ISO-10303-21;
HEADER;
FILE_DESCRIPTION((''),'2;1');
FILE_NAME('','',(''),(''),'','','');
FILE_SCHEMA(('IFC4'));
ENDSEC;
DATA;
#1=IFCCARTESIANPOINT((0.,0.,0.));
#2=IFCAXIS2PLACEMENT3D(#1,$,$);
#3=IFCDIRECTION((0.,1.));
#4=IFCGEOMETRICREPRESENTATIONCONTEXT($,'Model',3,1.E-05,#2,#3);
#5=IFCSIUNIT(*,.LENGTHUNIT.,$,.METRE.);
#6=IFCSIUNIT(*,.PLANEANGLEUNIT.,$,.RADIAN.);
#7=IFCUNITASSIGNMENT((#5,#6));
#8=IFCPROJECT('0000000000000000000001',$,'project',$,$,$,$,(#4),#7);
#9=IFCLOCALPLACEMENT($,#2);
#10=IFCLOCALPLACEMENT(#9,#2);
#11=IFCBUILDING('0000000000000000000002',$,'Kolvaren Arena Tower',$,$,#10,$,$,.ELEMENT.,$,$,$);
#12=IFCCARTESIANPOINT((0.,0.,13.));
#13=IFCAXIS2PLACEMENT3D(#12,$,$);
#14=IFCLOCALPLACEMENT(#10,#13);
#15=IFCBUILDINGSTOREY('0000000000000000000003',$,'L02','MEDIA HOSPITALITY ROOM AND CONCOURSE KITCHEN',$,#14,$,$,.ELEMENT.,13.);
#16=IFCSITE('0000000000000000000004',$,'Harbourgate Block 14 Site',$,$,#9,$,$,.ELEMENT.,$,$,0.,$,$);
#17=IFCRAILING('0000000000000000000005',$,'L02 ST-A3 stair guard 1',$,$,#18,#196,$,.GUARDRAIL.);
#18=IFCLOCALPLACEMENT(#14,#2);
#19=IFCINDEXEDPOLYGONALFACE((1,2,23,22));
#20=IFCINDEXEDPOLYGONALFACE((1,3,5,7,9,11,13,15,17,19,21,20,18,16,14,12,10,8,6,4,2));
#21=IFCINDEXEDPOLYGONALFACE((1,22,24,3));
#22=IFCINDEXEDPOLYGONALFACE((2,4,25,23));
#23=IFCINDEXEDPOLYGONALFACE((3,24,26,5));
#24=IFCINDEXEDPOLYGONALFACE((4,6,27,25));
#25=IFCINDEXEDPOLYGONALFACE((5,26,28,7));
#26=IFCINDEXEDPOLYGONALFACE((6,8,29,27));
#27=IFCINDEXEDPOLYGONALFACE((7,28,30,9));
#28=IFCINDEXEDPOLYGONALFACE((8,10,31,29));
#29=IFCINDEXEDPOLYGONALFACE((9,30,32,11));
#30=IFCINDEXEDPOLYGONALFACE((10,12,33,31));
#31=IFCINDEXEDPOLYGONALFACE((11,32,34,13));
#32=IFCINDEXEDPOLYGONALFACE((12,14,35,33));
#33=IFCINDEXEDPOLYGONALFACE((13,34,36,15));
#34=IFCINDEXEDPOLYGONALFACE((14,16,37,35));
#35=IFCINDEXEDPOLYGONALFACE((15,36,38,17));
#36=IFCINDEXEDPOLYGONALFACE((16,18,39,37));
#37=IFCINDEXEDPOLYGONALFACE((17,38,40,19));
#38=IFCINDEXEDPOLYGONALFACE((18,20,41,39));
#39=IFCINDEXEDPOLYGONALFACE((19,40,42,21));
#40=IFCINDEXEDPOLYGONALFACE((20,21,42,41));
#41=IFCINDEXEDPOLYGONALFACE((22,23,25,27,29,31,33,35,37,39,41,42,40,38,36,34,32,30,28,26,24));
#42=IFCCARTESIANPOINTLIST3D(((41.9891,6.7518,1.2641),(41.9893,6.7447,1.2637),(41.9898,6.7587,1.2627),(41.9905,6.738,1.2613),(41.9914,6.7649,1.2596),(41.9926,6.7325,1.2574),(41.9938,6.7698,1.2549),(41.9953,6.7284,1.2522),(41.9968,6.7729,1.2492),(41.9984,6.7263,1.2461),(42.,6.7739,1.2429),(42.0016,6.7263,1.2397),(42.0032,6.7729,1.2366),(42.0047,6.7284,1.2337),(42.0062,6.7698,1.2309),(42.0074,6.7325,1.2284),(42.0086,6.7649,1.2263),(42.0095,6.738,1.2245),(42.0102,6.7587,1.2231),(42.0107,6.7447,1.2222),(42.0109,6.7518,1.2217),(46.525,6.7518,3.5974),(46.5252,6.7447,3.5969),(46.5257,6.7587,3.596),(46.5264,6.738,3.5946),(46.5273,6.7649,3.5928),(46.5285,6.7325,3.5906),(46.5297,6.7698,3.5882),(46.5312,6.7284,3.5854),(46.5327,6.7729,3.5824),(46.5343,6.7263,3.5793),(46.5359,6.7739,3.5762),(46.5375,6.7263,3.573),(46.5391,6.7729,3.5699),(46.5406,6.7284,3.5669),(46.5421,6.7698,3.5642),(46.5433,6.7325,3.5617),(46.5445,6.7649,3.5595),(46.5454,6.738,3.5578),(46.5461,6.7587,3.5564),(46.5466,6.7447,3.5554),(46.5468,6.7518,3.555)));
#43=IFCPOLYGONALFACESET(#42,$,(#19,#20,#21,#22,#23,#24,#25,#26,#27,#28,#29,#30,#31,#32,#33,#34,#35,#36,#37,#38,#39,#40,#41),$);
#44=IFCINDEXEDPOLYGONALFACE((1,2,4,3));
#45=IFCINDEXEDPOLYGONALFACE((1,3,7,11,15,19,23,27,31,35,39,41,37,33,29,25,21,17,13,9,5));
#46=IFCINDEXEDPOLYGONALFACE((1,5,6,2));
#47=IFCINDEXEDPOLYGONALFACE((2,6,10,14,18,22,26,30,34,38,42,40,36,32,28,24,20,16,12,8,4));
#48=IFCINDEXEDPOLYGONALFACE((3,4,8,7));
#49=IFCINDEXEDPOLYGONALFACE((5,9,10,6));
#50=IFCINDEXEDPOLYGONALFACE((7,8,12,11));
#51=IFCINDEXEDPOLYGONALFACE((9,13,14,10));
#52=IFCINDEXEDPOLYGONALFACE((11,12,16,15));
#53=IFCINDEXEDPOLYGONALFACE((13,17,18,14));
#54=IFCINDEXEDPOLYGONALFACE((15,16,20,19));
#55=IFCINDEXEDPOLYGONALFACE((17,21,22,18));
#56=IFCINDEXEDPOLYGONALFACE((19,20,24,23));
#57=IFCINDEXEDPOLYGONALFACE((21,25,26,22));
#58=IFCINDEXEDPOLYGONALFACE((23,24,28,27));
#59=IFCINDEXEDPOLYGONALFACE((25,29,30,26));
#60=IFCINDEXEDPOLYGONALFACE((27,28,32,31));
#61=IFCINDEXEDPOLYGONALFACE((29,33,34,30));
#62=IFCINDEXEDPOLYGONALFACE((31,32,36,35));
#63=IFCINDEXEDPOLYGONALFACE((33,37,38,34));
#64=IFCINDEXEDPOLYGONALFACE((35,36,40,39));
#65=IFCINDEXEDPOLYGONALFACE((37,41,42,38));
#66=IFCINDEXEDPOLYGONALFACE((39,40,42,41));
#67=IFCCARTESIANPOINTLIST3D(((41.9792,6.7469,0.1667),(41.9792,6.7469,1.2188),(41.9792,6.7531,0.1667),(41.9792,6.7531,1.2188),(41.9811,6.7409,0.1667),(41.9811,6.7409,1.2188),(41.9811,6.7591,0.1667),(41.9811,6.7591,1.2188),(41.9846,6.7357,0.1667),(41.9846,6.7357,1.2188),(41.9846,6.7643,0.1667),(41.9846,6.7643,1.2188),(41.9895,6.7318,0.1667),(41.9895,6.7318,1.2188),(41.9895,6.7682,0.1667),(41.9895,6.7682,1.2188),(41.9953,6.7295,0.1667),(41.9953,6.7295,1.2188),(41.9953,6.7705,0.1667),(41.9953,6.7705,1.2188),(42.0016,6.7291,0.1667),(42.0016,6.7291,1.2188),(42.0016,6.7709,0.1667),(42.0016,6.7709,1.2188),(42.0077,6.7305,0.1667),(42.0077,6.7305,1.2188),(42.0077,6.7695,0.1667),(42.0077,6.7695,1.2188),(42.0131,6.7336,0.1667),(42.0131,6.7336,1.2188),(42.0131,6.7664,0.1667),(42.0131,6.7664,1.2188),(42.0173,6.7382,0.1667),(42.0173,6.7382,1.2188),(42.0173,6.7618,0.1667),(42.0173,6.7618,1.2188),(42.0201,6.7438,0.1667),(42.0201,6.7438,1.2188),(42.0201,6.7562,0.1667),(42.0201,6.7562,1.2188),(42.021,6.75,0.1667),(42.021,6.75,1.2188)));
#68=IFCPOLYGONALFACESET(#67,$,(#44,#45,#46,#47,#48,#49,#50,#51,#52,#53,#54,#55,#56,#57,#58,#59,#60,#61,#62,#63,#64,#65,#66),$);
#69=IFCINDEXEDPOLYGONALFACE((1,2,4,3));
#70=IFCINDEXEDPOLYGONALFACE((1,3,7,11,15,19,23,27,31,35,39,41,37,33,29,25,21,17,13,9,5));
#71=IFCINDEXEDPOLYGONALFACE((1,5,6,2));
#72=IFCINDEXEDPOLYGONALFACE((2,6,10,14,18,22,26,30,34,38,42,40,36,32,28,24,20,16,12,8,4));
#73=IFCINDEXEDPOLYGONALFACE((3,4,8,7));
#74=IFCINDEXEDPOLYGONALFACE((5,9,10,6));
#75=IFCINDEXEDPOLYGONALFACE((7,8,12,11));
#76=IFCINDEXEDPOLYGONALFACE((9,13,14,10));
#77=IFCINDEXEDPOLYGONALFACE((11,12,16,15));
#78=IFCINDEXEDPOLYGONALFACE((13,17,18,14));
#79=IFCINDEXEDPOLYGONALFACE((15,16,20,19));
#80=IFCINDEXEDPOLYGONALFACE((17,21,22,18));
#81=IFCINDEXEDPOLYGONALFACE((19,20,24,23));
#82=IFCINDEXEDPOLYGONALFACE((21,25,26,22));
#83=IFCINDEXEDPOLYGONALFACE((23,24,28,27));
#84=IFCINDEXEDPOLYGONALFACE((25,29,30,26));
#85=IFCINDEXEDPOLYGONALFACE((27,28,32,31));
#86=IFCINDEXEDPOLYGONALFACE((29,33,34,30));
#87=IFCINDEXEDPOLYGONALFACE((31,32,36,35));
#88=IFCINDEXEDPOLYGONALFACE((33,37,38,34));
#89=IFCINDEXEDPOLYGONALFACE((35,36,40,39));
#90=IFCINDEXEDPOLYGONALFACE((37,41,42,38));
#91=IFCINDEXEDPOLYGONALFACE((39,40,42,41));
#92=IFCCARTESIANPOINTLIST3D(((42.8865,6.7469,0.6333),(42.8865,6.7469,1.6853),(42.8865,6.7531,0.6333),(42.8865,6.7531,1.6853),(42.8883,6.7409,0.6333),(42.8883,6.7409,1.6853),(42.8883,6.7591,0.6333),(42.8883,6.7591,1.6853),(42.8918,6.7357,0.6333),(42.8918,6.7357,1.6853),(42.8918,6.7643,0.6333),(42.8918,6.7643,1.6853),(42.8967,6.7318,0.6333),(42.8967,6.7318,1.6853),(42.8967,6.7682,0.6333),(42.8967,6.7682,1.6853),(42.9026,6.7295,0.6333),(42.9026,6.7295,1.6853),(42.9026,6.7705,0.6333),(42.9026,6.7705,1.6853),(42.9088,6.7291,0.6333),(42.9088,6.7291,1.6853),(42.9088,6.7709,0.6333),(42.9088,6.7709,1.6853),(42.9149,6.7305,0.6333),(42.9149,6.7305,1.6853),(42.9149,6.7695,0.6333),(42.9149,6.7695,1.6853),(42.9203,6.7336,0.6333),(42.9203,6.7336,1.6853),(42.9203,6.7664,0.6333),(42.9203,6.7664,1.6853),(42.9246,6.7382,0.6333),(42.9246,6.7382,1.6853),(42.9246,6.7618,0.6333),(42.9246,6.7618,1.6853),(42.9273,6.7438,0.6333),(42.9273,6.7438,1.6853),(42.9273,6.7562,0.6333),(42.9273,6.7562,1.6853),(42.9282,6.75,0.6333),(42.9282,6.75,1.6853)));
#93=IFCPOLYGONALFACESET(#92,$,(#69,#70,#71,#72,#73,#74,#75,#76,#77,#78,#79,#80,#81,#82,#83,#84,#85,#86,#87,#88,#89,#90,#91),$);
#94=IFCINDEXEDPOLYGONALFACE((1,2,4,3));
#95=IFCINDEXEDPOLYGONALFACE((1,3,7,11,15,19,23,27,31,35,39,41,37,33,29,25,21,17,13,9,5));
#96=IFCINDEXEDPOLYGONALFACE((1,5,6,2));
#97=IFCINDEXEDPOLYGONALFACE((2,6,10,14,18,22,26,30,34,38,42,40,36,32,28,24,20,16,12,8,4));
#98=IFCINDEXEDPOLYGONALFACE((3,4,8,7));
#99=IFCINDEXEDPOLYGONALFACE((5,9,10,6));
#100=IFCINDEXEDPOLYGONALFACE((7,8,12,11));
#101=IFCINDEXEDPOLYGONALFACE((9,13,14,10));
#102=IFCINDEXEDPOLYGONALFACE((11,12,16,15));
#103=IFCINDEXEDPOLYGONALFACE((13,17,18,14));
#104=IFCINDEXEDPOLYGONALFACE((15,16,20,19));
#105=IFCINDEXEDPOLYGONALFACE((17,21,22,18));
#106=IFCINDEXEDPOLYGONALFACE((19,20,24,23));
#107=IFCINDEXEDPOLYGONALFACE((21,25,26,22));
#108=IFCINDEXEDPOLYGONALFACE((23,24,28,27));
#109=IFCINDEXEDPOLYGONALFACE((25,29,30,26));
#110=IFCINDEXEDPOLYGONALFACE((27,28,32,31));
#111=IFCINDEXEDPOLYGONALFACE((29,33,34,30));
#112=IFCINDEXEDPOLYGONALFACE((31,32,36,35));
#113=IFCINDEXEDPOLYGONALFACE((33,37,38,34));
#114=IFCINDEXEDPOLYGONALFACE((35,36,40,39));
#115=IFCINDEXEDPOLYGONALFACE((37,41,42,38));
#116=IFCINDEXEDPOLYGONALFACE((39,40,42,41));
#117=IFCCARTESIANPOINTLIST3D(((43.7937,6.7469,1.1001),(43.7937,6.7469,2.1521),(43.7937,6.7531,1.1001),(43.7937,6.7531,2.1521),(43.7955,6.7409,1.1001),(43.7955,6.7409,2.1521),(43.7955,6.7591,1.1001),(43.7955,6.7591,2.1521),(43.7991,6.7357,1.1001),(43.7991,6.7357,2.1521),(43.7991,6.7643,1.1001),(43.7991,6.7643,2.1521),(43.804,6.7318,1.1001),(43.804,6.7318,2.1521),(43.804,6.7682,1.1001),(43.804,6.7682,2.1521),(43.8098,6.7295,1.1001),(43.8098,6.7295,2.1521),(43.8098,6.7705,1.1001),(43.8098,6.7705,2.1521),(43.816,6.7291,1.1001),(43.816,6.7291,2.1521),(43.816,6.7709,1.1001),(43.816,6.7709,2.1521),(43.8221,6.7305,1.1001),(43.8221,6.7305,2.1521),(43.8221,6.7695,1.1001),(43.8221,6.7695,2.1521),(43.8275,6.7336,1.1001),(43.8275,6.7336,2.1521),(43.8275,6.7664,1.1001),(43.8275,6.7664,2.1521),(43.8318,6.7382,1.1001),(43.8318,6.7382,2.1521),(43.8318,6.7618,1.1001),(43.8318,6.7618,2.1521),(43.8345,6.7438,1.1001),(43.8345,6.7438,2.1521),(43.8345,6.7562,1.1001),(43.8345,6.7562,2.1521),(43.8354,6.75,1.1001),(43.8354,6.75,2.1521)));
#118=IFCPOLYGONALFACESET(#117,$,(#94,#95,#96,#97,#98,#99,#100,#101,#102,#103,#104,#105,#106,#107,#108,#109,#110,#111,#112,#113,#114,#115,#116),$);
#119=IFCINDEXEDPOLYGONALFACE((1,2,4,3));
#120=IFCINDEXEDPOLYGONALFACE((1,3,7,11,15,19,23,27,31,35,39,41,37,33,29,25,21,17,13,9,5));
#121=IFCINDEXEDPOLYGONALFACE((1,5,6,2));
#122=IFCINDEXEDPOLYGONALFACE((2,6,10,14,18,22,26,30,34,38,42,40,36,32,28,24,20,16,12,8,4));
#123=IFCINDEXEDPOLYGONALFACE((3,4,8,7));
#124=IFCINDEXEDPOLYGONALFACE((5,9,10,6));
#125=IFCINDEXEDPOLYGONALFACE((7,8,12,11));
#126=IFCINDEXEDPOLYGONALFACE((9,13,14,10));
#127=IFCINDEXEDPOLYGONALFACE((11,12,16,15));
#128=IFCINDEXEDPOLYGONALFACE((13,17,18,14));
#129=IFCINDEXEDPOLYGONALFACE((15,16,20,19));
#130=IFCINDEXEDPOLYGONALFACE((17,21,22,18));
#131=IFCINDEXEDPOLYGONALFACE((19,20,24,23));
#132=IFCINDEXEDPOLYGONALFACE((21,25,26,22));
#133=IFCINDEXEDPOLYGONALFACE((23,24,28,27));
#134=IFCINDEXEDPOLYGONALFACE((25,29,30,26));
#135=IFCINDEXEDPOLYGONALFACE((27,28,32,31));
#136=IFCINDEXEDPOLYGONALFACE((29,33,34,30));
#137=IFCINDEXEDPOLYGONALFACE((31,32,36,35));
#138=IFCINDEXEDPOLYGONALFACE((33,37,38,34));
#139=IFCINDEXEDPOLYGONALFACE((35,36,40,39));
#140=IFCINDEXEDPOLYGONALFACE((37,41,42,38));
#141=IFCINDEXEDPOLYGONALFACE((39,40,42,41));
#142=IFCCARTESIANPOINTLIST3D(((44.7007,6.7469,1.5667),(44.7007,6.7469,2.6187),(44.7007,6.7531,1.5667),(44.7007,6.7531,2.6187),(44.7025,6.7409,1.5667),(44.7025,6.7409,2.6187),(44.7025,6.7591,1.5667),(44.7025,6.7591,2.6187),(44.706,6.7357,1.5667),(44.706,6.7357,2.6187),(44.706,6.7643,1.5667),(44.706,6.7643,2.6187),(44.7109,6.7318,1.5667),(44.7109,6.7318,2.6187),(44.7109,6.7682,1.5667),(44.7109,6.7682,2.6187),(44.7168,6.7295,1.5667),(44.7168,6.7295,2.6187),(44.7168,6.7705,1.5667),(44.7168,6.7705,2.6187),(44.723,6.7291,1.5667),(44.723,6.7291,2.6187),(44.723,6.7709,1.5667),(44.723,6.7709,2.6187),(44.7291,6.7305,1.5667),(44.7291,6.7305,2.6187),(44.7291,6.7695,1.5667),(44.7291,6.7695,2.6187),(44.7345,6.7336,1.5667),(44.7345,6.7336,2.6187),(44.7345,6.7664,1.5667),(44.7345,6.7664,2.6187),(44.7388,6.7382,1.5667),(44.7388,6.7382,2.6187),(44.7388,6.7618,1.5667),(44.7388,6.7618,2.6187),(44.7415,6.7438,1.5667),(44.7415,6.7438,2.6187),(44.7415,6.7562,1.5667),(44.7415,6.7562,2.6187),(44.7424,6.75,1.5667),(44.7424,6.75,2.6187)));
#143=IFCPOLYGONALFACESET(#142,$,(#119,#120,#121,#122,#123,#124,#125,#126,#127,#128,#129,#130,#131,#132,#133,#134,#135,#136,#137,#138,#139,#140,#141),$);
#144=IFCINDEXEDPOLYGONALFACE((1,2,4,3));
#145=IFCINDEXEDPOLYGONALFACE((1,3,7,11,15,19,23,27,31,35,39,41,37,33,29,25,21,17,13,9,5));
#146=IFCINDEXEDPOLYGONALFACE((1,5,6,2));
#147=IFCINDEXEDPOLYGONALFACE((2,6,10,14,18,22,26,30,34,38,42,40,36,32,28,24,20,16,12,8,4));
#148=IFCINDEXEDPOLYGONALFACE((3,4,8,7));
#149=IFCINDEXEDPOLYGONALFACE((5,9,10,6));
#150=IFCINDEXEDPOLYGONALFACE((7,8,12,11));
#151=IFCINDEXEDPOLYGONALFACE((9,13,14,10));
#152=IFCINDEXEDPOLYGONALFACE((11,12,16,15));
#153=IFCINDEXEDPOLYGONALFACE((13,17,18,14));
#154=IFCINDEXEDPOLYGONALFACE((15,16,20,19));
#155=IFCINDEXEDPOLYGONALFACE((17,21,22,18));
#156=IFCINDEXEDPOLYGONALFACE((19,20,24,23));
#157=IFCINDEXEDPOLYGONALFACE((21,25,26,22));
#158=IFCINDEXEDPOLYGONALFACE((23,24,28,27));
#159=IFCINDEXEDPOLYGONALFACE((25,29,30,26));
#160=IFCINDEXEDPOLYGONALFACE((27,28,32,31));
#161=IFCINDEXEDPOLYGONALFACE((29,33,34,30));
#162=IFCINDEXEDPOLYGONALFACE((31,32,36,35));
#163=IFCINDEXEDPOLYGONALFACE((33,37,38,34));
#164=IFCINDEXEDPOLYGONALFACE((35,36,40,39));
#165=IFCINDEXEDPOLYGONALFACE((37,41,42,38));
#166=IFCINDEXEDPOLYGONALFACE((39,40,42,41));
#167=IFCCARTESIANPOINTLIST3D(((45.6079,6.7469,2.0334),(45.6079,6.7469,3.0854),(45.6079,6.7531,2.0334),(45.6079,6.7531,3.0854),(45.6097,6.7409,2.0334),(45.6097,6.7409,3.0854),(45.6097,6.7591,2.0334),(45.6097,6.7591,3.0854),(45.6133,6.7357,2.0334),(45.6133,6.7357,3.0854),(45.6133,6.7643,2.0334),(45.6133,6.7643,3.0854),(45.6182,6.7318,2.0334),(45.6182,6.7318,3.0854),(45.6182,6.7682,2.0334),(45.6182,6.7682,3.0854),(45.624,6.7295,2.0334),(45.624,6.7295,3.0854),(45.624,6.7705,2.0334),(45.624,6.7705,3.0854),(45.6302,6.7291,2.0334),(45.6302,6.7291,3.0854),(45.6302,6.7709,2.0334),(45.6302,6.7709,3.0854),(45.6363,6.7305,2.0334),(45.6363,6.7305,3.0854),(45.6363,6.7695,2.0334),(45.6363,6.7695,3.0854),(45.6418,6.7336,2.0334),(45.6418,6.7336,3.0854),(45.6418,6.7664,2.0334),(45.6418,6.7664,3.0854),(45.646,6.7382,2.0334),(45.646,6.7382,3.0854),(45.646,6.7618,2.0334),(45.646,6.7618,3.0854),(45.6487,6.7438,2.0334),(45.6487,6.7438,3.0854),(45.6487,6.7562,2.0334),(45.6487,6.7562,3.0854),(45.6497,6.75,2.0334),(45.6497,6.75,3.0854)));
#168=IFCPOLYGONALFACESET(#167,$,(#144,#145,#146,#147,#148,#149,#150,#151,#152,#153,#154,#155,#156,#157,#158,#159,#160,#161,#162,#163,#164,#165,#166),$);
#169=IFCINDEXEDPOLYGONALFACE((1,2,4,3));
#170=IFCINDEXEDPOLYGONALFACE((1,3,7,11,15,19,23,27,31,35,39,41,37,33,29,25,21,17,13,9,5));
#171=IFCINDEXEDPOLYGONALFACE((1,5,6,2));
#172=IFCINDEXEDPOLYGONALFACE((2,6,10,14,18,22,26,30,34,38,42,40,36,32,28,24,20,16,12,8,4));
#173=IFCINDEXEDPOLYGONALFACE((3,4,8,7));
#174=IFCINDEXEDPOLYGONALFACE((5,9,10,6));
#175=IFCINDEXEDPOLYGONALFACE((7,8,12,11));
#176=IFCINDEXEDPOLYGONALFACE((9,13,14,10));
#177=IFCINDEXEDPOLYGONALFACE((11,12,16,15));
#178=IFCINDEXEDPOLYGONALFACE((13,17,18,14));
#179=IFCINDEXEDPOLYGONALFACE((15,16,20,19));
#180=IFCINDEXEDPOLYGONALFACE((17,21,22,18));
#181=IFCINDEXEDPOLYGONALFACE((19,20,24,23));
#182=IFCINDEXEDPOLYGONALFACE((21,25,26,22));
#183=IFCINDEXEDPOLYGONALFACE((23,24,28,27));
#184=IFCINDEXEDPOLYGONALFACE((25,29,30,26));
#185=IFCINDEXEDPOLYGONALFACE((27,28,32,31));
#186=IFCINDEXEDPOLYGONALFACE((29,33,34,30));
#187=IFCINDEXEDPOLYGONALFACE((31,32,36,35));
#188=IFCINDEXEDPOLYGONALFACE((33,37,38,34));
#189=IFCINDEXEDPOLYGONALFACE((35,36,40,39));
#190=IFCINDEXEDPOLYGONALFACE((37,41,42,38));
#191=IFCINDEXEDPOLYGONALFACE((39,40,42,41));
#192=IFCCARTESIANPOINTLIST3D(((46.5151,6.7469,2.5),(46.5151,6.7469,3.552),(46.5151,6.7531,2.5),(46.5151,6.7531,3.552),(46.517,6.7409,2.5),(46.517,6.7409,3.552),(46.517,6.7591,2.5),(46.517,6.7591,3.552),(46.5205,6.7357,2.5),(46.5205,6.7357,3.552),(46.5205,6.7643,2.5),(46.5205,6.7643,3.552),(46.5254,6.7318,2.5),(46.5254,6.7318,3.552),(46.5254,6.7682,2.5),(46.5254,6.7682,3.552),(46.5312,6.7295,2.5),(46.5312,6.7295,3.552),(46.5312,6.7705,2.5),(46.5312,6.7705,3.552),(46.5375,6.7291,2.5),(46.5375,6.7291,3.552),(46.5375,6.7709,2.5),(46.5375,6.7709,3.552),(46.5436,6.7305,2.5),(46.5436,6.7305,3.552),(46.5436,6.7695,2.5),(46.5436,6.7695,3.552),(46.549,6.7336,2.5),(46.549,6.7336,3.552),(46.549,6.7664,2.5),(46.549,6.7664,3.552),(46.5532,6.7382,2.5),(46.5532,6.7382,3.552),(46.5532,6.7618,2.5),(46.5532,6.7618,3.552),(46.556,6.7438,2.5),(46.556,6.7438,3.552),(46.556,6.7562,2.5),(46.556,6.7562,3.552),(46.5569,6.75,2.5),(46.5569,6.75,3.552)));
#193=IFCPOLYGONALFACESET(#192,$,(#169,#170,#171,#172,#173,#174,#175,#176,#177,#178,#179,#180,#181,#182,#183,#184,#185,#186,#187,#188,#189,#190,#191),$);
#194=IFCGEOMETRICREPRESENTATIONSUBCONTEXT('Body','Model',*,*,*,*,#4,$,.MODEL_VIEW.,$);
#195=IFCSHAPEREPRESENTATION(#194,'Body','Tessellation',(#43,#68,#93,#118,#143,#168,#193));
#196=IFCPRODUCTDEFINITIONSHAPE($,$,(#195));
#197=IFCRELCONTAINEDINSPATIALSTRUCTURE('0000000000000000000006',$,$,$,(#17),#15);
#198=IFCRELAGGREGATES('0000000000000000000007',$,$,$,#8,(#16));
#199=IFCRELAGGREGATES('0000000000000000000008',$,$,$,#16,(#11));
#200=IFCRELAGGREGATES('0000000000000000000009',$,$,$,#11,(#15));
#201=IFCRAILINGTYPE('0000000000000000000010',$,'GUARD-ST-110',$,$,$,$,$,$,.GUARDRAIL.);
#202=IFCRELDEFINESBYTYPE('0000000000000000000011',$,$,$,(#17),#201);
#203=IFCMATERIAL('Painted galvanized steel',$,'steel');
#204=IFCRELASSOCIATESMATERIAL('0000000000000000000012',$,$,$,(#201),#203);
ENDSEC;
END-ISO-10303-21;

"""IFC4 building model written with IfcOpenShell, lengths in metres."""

from ifc_helpers import new_model, si_unit, direction, frame, origin, origin_2d, place, context, subcontext, project, spatial, circle, extrude, material, type_object, element, save


model = new_model("IFC4")

# Units and contexts
model_context = context("Model", 3, precision=1e-05, world=origin(), true_north=direction((0.0, 1.0)))
body_context = subcontext(model_context, "Body", "Model", "MODEL_VIEW")
ifc_project = project(units=[si_unit("LENGTHUNIT", "METRE"), si_unit("PLANEANGLEUNIT", "RADIAN")], contexts=[model_context])

# Site, building, storey
site_placement = place(None, origin())
site = spatial("IfcSite", under=ifc_project, at=site_placement, Name="Harbourgate Block 14 Site", CompositionType="ELEMENT", RefElevation=0.0)
building_placement = place(site_placement, origin())
building = spatial("IfcBuilding", under=site, at=building_placement, Name="Kolvaren Arena Tower", CompositionType="ELEMENT")
storey_placement = place(building_placement, frame((0.0, 0.0, 13.0)))
storey = spatial("IfcBuildingStorey", under=building, at=storey_placement, Name="L02", Description="MEDIA HOSPITALITY ROOM AND CONCOURSE KITCHEN", CompositionType="ELEMENT", Elevation=13.0)

# Railing
ifc_material_1 = material(Name="Painted galvanized steel", Category="steel")
railing_type_1 = type_object("IfcRailingType", Name="GUARD-ST-110", PredefinedType="GUARDRAIL", material=ifc_material_1)
railing_1_placement = place(storey_placement, frame((42.0, 6.75, 0.1667)))
element("IfcRailing", 1, at=railing_1_placement, inside=storey, type_object=railing_type_1, Name="L02 ST-A3 stair guard 1", PredefinedType="GUARDRAIL", context=body_context, shape_type="SweptSolid", body=[
    extrude(circle(Radius=0.0239, at=origin_2d()), frame((0.0, 0.0, 1.0762), z_axis=(0.889247, 0.0, 0.457427), x_axis=(0.0, 1.0, 0.0)), (0.0, 0.0, 1.0), 5.1008),
    extrude(circle(Radius=0.021, at=origin_2d()), origin(), (0.0, 0.0, 1.0), 1.052),
    extrude(circle(Radius=0.021, at=origin_2d()), frame((0.9072, 0.0, 0.4666)), (0.0, 0.0, 1.0), 1.052),
    extrude(circle(Radius=0.021, at=origin_2d()), frame((1.8145, 0.0, 0.9333)), (0.0, 0.0, 1.0), 1.052),
    extrude(circle(Radius=0.021, at=origin_2d()), frame((2.7214, 0.0, 1.3999)), (0.0, 0.0, 1.0), 1.052),
    extrude(circle(Radius=0.021, at=origin_2d()), frame((3.6287, 0.0, 1.8667)), (0.0, 0.0, 1.0), 1.052),
    extrude(circle(Radius=0.021, at=origin_2d()), frame((4.5359, 0.0, 2.3333)), (0.0, 0.0, 1.0), 1.052),
])

save(model, "model.ifc")
